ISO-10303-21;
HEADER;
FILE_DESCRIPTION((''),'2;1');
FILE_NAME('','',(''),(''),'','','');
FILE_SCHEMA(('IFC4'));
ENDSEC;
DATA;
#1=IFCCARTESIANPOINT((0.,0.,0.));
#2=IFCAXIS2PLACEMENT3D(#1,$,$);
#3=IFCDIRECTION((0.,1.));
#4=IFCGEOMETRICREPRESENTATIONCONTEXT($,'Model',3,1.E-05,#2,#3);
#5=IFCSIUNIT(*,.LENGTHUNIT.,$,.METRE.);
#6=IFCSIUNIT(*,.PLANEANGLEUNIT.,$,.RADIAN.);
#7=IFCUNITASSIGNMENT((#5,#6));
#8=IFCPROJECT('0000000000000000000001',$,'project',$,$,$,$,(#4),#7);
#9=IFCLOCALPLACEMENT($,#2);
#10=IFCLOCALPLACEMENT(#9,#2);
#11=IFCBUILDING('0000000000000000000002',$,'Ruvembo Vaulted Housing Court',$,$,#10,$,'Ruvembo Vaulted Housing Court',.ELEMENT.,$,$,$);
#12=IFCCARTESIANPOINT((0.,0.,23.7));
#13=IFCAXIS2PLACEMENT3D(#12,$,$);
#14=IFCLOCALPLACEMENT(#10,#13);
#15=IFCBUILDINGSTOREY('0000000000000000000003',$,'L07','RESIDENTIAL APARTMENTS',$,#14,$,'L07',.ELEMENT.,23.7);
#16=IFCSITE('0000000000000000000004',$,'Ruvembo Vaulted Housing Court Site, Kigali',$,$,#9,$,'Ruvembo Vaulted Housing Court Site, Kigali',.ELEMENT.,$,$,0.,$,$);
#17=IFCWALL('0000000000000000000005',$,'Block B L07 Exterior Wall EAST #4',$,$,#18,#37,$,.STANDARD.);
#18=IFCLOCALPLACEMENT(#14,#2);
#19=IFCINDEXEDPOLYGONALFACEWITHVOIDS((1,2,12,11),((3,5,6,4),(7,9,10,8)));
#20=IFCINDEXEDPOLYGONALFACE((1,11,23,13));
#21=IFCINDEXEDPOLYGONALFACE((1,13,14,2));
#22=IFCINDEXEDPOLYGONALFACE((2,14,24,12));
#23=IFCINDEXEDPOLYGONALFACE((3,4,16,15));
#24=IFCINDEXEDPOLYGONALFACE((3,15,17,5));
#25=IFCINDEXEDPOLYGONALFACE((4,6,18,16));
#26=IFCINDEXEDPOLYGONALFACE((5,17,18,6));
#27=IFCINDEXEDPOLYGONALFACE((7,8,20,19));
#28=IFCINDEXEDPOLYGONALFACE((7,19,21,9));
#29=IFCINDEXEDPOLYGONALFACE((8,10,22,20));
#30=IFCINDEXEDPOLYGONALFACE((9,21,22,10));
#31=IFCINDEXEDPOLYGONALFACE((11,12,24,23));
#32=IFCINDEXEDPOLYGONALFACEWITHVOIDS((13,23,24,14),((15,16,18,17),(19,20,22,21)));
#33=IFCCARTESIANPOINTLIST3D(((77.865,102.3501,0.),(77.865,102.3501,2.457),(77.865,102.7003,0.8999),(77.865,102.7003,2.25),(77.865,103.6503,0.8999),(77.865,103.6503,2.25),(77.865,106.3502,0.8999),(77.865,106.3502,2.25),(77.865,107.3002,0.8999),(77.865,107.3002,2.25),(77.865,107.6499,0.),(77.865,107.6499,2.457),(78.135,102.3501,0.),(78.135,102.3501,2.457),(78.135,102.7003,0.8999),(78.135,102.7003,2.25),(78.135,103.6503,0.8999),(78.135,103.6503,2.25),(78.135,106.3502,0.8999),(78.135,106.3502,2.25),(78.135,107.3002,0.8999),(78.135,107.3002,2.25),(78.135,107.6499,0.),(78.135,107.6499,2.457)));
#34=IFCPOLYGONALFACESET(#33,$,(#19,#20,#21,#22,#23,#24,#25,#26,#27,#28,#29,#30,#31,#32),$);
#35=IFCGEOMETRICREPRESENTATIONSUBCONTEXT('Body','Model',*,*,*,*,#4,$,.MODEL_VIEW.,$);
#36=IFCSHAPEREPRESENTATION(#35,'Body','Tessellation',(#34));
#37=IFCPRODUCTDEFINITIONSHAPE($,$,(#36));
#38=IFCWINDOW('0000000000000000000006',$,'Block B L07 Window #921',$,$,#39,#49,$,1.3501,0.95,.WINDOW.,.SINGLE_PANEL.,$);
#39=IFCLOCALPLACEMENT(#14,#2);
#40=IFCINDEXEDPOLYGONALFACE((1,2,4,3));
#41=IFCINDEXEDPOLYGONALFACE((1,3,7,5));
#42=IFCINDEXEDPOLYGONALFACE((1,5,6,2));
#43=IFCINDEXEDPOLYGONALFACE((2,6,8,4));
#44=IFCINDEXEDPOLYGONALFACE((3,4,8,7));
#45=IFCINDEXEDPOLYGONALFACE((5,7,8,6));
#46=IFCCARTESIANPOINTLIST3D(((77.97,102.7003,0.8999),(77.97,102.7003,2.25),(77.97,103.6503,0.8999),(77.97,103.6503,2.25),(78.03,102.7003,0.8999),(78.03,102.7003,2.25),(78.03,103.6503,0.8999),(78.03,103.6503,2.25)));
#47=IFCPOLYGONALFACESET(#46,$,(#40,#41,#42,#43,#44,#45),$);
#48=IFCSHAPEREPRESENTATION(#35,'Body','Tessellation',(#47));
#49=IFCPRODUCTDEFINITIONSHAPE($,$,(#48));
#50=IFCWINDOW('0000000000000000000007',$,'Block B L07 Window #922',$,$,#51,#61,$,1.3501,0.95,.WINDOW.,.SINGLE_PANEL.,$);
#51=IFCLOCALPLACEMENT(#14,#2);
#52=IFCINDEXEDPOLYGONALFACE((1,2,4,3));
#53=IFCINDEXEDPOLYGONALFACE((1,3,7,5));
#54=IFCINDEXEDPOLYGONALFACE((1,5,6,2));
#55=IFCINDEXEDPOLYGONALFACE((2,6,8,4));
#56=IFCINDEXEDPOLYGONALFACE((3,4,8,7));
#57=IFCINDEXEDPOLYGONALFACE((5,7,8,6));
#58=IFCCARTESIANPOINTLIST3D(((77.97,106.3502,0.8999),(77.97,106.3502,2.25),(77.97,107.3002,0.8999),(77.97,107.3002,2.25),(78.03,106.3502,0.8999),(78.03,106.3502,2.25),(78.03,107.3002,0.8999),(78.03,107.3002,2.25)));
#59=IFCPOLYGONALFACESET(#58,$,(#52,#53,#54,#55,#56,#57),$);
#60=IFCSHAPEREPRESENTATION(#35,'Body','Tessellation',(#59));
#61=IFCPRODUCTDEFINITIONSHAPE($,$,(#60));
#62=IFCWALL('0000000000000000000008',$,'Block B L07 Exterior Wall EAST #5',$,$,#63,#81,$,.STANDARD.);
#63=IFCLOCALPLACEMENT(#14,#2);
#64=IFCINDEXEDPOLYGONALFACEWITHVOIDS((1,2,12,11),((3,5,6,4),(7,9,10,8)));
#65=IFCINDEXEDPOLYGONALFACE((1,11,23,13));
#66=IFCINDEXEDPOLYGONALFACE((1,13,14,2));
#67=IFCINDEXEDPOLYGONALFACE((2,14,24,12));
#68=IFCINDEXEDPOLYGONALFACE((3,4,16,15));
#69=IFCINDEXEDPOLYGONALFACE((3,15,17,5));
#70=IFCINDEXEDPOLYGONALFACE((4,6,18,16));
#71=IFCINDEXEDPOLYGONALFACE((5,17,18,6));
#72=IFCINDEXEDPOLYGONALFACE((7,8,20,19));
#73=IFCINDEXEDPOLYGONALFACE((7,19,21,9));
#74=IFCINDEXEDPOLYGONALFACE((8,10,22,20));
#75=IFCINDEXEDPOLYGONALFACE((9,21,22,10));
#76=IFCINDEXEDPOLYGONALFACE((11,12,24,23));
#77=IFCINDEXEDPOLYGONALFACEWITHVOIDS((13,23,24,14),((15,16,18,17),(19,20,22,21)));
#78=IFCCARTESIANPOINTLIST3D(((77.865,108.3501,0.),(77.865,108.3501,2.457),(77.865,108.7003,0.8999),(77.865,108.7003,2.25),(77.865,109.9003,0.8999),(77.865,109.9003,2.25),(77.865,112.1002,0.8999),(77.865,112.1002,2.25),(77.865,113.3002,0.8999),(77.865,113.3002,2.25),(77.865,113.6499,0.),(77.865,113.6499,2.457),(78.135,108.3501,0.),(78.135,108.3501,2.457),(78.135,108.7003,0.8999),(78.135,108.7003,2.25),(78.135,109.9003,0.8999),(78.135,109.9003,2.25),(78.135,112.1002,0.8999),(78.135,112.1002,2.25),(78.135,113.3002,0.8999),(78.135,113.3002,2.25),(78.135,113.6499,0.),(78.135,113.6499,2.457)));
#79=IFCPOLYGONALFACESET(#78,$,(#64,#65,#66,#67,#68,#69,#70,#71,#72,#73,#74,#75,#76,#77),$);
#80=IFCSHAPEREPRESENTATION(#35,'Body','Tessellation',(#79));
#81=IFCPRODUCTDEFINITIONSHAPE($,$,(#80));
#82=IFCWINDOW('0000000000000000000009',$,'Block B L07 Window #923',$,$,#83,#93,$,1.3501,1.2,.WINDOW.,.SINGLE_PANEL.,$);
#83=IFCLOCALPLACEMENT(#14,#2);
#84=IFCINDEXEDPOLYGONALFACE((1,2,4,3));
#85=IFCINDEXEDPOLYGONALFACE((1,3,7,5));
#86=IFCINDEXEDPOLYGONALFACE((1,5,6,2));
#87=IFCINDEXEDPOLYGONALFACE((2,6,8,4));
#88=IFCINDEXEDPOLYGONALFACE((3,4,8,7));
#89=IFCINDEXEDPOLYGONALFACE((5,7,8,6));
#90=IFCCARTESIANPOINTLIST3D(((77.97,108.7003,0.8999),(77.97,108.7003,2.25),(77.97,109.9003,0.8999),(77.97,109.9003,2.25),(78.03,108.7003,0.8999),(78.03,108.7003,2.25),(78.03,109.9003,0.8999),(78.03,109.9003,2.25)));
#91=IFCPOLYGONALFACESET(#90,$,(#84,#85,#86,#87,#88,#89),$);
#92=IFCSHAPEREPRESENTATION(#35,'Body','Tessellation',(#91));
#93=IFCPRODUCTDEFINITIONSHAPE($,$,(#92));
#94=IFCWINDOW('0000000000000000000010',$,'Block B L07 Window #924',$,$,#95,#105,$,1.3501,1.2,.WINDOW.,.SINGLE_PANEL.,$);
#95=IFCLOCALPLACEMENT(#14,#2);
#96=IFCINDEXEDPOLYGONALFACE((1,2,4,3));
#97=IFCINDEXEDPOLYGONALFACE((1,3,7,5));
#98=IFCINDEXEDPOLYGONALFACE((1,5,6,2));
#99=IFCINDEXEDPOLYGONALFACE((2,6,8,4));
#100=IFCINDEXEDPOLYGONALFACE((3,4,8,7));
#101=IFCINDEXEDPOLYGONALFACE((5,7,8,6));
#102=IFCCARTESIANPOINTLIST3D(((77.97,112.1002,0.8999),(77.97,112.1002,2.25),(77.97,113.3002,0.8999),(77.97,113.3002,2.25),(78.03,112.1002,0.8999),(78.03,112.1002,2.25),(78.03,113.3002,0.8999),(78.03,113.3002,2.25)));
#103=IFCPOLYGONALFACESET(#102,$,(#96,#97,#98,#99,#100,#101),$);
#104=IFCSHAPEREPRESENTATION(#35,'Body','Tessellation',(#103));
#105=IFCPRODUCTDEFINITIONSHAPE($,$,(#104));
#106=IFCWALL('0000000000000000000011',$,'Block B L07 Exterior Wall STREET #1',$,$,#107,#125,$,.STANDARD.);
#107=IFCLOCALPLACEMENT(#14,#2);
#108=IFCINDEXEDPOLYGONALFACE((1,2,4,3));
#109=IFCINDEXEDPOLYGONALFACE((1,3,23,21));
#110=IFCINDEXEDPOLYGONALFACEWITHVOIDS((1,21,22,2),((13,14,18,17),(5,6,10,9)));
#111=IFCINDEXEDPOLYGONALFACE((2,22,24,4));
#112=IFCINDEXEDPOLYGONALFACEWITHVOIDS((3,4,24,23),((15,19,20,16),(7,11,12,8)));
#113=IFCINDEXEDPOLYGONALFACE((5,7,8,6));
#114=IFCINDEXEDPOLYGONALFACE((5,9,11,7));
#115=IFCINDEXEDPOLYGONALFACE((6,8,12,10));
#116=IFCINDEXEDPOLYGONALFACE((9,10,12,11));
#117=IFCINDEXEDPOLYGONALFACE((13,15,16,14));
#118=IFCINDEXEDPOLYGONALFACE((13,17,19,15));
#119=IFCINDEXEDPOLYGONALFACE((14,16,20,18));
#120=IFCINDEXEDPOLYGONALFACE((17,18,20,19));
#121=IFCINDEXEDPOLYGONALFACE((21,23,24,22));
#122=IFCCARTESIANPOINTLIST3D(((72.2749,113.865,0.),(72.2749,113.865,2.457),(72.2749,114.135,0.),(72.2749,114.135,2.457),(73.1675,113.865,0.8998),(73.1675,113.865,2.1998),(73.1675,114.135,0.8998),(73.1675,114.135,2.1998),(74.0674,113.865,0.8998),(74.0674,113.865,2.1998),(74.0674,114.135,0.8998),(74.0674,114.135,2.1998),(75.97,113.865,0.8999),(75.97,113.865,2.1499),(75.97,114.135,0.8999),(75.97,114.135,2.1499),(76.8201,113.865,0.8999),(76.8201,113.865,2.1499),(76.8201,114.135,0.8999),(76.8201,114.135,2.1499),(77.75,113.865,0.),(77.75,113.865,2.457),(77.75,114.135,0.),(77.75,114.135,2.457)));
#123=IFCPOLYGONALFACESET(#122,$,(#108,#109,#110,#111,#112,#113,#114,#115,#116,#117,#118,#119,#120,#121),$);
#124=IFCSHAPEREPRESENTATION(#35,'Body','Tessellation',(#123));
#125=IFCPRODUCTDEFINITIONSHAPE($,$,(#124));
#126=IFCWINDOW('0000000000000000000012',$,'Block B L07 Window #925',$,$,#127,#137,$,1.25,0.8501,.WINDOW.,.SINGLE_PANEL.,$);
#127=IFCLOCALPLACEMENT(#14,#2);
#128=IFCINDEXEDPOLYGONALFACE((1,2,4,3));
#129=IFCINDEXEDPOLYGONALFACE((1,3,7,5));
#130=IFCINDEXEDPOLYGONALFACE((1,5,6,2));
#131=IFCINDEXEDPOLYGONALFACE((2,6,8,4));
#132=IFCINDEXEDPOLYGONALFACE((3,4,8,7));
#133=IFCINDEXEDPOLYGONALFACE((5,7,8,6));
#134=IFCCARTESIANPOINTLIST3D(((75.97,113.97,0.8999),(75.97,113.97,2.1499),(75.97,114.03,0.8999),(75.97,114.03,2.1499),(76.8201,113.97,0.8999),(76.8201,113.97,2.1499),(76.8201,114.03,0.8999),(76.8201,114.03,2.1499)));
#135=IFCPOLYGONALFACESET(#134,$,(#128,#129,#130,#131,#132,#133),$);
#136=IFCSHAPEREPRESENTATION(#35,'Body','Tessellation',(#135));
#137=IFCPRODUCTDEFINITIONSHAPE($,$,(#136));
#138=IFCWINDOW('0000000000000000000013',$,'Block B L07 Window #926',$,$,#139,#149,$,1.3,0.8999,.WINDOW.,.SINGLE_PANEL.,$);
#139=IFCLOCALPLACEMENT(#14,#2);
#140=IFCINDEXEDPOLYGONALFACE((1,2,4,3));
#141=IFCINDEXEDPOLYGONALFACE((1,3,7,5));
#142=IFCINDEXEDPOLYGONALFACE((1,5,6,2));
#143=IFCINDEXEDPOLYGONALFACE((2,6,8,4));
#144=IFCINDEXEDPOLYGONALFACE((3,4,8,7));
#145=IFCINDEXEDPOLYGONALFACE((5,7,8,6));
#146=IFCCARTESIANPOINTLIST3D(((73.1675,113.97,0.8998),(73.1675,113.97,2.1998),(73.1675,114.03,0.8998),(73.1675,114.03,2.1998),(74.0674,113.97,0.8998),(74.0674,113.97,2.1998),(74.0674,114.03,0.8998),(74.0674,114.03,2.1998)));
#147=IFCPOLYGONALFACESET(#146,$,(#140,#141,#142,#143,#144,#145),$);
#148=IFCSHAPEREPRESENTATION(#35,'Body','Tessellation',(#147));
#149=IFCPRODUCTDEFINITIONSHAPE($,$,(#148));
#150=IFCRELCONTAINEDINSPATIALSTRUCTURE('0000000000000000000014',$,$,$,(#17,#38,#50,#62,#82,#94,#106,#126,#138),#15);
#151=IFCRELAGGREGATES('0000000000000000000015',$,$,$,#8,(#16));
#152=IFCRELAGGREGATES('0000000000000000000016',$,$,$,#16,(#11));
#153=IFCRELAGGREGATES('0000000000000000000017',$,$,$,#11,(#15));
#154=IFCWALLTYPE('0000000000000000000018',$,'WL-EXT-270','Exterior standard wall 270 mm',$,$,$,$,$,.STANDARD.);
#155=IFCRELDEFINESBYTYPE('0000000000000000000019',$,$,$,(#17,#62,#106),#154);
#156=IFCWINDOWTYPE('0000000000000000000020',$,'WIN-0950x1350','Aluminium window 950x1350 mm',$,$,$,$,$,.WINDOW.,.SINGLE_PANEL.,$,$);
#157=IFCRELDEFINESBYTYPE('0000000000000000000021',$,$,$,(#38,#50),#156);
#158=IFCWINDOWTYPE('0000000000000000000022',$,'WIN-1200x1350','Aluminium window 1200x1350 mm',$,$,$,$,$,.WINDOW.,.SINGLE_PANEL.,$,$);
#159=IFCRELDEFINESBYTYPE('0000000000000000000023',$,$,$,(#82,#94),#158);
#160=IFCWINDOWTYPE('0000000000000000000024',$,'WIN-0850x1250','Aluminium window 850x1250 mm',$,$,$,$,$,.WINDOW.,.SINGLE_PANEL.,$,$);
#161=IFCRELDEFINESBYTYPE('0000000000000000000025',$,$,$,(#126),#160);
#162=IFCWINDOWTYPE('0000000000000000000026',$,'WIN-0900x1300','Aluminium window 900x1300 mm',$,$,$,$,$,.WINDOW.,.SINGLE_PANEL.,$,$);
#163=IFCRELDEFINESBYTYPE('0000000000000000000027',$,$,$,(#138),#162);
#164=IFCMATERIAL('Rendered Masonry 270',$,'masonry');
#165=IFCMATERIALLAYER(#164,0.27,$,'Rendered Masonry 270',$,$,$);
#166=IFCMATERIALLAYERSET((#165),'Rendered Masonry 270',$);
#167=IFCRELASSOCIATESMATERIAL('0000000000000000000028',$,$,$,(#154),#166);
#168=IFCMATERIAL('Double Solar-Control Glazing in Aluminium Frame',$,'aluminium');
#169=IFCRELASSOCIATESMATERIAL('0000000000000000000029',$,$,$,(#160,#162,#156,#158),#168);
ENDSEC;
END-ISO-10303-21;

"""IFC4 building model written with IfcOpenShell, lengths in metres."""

from ifc_helpers import new_model, si_unit, direction, frame, frame_2d, origin, place, context, subcontext, project, spatial, rectangle, extrude, material, layer, layer_set, type_object, element, fill, save


model = new_model("IFC4")

# Units and contexts
model_context = context("Model", 3, precision=1e-05, world=origin(), true_north=direction((0.0, 1.0)))
body_context = subcontext(model_context, "Body", "Model", "MODEL_VIEW")
ifc_project = project(units=[si_unit("LENGTHUNIT", "METRE"), si_unit("PLANEANGLEUNIT", "RADIAN")], contexts=[model_context])

# Site, building, storey
site_placement = place(None, origin())
site = spatial("IfcSite", under=ifc_project, at=site_placement, Name="Ruvembo Vaulted Housing Court Site, Kigali", LongName="Ruvembo Vaulted Housing Court Site, Kigali", CompositionType="ELEMENT", RefElevation=0.0)
building_placement = place(site_placement, origin())
building = spatial("IfcBuilding", under=site, at=building_placement, Name="Ruvembo Vaulted Housing Court", LongName="Ruvembo Vaulted Housing Court", CompositionType="ELEMENT")
storey_placement = place(building_placement, frame((0.0, 0.0, 23.7)))
storey = spatial("IfcBuildingStorey", under=building, at=storey_placement, Name="L07", Description="RESIDENTIAL APARTMENTS", LongName="L07", CompositionType="ELEMENT", Elevation=23.7)

# Walls, openings, windows
ifc_material_1 = material(Name="Rendered Masonry 270", Category="masonry")
ifc_layer_1 = layer(ifc_material_1, 0.27, Name="Rendered Masonry 270")
ifc_layer_set_1 = layer_set([ifc_layer_1], Name="Rendered Masonry 270")
wall_type_1 = type_object("IfcWallType", Name="WL-EXT-270", Description="Exterior standard wall 270 mm", PredefinedType="STANDARD", material=ifc_layer_set_1)
ifc_material_2 = material(Name="Double Solar-Control Glazing in Aluminium Frame", Category="aluminium")
window_type_1 = type_object("IfcWindowType", Name="WIN-0850x1250", Description="Aluminium window 850x1250 mm", PartitioningType="SINGLE_PANEL", PredefinedType="WINDOW", material=ifc_material_2)
window_type_2 = type_object("IfcWindowType", Name="WIN-0900x1300", Description="Aluminium window 900x1300 mm", PartitioningType="SINGLE_PANEL", PredefinedType="WINDOW", material=ifc_material_2)
wall_1_placement = place(storey_placement, frame((78.0, 102.3501, 0.0), z_axis=(0.0, 0.0, 1.0), x_axis=(0.0, 1.0, 0.0)))
wall_1 = element("IfcWall", 1, at=wall_1_placement, inside=storey, type_object=wall_type_1, Name="Block B L07 Exterior Wall EAST #4", PredefinedType="STANDARD", context=body_context, shape_type="SweptSolid", body=[
    extrude(rectangle(XDim=5.2998, YDim=0.27, at=frame_2d((2.6499, 0.0))), origin(), (0.0, 0.0, 1.0), 2.457),
])
opening_1_placement = place(wall_1_placement, frame((0.3501, 0.0, 0.8999)))
opening_1 = element("IfcOpeningElement", 2, at=opening_1_placement, cuts=wall_1, PredefinedType="OPENING", context=body_context, shape_type="SweptSolid", body=[
    extrude(rectangle(XDim=0.95, YDim=1.3501, at=frame_2d((0.4751, 0.675))), frame((0.0, 0.145, 0.0), z_axis=(0.0, -1.0, 0.0), x_axis=(1.0, 0.0, 0.0)), (0.0, 0.0, 1.0), 0.29),
])
opening_2_placement = place(wall_1_placement, frame((4.0, 0.0, 0.8999)))
opening_2 = element("IfcOpeningElement", 3, at=opening_2_placement, cuts=wall_1, PredefinedType="OPENING", context=body_context, shape_type="SweptSolid", body=[
    extrude(rectangle(XDim=0.95, YDim=1.3501, at=frame_2d((0.4751, 0.675))), frame((0.0, 0.145, 0.0), z_axis=(0.0, -1.0, 0.0), x_axis=(1.0, 0.0, 0.0)), (0.0, 0.0, 1.0), 0.29),
])
window_type_3 = type_object("IfcWindowType", Name="WIN-0950x1350", Description="Aluminium window 950x1350 mm", PartitioningType="SINGLE_PANEL", PredefinedType="WINDOW", material=ifc_material_2)
window_1_placement = place(opening_1_placement, origin())
window_1 = element("IfcWindow", 4, at=window_1_placement, inside=storey, type_object=window_type_3, Name="Block B L07 Window #921", OverallHeight=1.3501, OverallWidth=0.95, PartitioningType="SINGLE_PANEL", PredefinedType="WINDOW", context=body_context, shape_type="SweptSolid", body=[
    extrude(rectangle(XDim=0.95, YDim=1.3501, at=frame_2d((0.4751, 0.675))), frame((0.0, 0.03, 0.0), z_axis=(0.0, -1.0, 0.0), x_axis=(1.0, 0.0, 0.0)), (0.0, 0.0, 1.0), 0.0601),
])
fill(opening_1, window_1)
window_2_placement = place(opening_2_placement, origin())
window_2 = element("IfcWindow", 5, at=window_2_placement, inside=storey, type_object=window_type_3, Name="Block B L07 Window #922", OverallHeight=1.3501, OverallWidth=0.95, PartitioningType="SINGLE_PANEL", PredefinedType="WINDOW", context=body_context, shape_type="SweptSolid", body=[
    extrude(rectangle(XDim=0.95, YDim=1.3501, at=frame_2d((0.4751, 0.675))), frame((0.0, 0.03, 0.0), z_axis=(0.0, -1.0, 0.0), x_axis=(1.0, 0.0, 0.0)), (0.0, 0.0, 1.0), 0.0601),
])
fill(opening_2, window_2)
wall_2_placement = place(storey_placement, frame((78.0, 108.3501, 0.0), z_axis=(0.0, 0.0, 1.0), x_axis=(0.0, 1.0, 0.0)))
wall_2 = element("IfcWall", 6, at=wall_2_placement, inside=storey, type_object=wall_type_1, Name="Block B L07 Exterior Wall EAST #5", PredefinedType="STANDARD", context=body_context, shape_type="SweptSolid", body=[
    extrude(rectangle(XDim=5.2998, YDim=0.27, at=frame_2d((2.6499, 0.0))), origin(), (0.0, 0.0, 1.0), 2.457),
])
opening_3_placement = place(wall_2_placement, frame((0.3501, 0.0, 0.8999)))
opening_3 = element("IfcOpeningElement", 7, at=opening_3_placement, cuts=wall_2, PredefinedType="OPENING", context=body_context, shape_type="SweptSolid", body=[
    extrude(rectangle(XDim=1.2, YDim=1.3501, at=frame_2d((0.6001, 0.675))), frame((0.0, 0.145, 0.0), z_axis=(0.0, -1.0, 0.0), x_axis=(1.0, 0.0, 0.0)), (0.0, 0.0, 1.0), 0.29),
])
opening_4_placement = place(wall_2_placement, frame((3.75, 0.0, 0.8999)))
opening_4 = element("IfcOpeningElement", 8, at=opening_4_placement, cuts=wall_2, PredefinedType="OPENING", context=body_context, shape_type="SweptSolid", body=[
    extrude(rectangle(XDim=1.2, YDim=1.3501, at=frame_2d((0.6001, 0.675))), frame((0.0, 0.145, 0.0), z_axis=(0.0, -1.0, 0.0), x_axis=(1.0, 0.0, 0.0)), (0.0, 0.0, 1.0), 0.29),
])
window_type_4 = type_object("IfcWindowType", Name="WIN-1200x1350", Description="Aluminium window 1200x1350 mm", PartitioningType="SINGLE_PANEL", PredefinedType="WINDOW", material=ifc_material_2)
window_3_placement = place(opening_3_placement, origin())
window_3 = element("IfcWindow", 9, at=window_3_placement, inside=storey, type_object=window_type_4, Name="Block B L07 Window #923", OverallHeight=1.3501, OverallWidth=1.2, PartitioningType="SINGLE_PANEL", PredefinedType="WINDOW", context=body_context, shape_type="SweptSolid", body=[
    extrude(rectangle(XDim=1.2, YDim=1.3501, at=frame_2d((0.6001, 0.675))), frame((0.0, 0.03, 0.0), z_axis=(0.0, -1.0, 0.0), x_axis=(1.0, 0.0, 0.0)), (0.0, 0.0, 1.0), 0.0601),
])
fill(opening_3, window_3)
window_4_placement = place(opening_4_placement, origin())
window_4 = element("IfcWindow", 10, at=window_4_placement, inside=storey, type_object=window_type_4, Name="Block B L07 Window #924", OverallHeight=1.3501, OverallWidth=1.2, PartitioningType="SINGLE_PANEL", PredefinedType="WINDOW", context=body_context, shape_type="SweptSolid", body=[
    extrude(rectangle(XDim=1.2, YDim=1.3501, at=frame_2d((0.6001, 0.675))), frame((0.0, 0.03, 0.0), z_axis=(0.0, -1.0, 0.0), x_axis=(1.0, 0.0, 0.0)), (0.0, 0.0, 1.0), 0.0601),
])
fill(opening_4, window_4)
wall_3_placement = place(storey_placement, frame((77.75, 114.0, 0.0), z_axis=(0.0, 0.0, 1.0), x_axis=(-1.0, 0.0, 0.0)))
wall_3 = element("IfcWall", 11, at=wall_3_placement, inside=storey, type_object=wall_type_1, Name="Block B L07 Exterior Wall STREET #1", PredefinedType="STANDARD", context=body_context, shape_type="SweptSolid", body=[
    extrude(rectangle(XDim=5.4751, YDim=0.27, at=frame_2d((2.7375, 0.0))), origin(), (0.0, 0.0, 1.0), 2.457),
])
opening_5_placement = place(wall_3_placement, frame((0.9299, 0.0, 0.8999)))
opening_5 = element("IfcOpeningElement", 12, at=opening_5_placement, cuts=wall_3, PredefinedType="OPENING", context=body_context, shape_type="SweptSolid", body=[
    extrude(rectangle(XDim=0.8501, YDim=1.25, at=frame_2d((0.425, 0.625))), frame((0.0, 0.145, 0.0), z_axis=(0.0, -1.0, 0.0), x_axis=(1.0, 0.0, 0.0)), (0.0, 0.0, 1.0), 0.29),
])
opening_6_placement = place(wall_3_placement, frame((3.6826, 0.0, 0.8999)))
opening_6 = element("IfcOpeningElement", 13, at=opening_6_placement, cuts=wall_3, PredefinedType="OPENING", context=body_context, shape_type="SweptSolid", body=[
    extrude(rectangle(XDim=0.8999, YDim=1.3, at=frame_2d((0.45, 0.6499))), frame((0.0, 0.145, 0.0), z_axis=(0.0, -1.0, 0.0), x_axis=(1.0, 0.0, 0.0)), (0.0, 0.0, 1.0), 0.29),
])
window_5_placement = place(opening_5_placement, origin())
window_5 = element("IfcWindow", 14, at=window_5_placement, inside=storey, type_object=window_type_1, Name="Block B L07 Window #925", OverallHeight=1.25, OverallWidth=0.8501, PartitioningType="SINGLE_PANEL", PredefinedType="WINDOW", context=body_context, shape_type="SweptSolid", body=[
    extrude(rectangle(XDim=0.8501, YDim=1.25, at=frame_2d((0.425, 0.625))), frame((0.0, 0.03, 0.0), z_axis=(0.0, -1.0, 0.0), x_axis=(1.0, 0.0, 0.0)), (0.0, 0.0, 1.0), 0.0601),
])
fill(opening_5, window_5)
window_6_placement = place(opening_6_placement, origin())
window_6 = element("IfcWindow", 15, at=window_6_placement, inside=storey, type_object=window_type_2, Name="Block B L07 Window #926", OverallHeight=1.3, OverallWidth=0.8999, PartitioningType="SINGLE_PANEL", PredefinedType="WINDOW", context=body_context, shape_type="SweptSolid", body=[
    extrude(rectangle(XDim=0.8999, YDim=1.3, at=frame_2d((0.45, 0.6499))), frame((0.0, 0.03, 0.0), z_axis=(0.0, -1.0, 0.0), x_axis=(1.0, 0.0, 0.0)), (0.0, 0.0, 1.0), 0.0601),
])
fill(opening_6, window_6)

save(model, "model.ifc")
